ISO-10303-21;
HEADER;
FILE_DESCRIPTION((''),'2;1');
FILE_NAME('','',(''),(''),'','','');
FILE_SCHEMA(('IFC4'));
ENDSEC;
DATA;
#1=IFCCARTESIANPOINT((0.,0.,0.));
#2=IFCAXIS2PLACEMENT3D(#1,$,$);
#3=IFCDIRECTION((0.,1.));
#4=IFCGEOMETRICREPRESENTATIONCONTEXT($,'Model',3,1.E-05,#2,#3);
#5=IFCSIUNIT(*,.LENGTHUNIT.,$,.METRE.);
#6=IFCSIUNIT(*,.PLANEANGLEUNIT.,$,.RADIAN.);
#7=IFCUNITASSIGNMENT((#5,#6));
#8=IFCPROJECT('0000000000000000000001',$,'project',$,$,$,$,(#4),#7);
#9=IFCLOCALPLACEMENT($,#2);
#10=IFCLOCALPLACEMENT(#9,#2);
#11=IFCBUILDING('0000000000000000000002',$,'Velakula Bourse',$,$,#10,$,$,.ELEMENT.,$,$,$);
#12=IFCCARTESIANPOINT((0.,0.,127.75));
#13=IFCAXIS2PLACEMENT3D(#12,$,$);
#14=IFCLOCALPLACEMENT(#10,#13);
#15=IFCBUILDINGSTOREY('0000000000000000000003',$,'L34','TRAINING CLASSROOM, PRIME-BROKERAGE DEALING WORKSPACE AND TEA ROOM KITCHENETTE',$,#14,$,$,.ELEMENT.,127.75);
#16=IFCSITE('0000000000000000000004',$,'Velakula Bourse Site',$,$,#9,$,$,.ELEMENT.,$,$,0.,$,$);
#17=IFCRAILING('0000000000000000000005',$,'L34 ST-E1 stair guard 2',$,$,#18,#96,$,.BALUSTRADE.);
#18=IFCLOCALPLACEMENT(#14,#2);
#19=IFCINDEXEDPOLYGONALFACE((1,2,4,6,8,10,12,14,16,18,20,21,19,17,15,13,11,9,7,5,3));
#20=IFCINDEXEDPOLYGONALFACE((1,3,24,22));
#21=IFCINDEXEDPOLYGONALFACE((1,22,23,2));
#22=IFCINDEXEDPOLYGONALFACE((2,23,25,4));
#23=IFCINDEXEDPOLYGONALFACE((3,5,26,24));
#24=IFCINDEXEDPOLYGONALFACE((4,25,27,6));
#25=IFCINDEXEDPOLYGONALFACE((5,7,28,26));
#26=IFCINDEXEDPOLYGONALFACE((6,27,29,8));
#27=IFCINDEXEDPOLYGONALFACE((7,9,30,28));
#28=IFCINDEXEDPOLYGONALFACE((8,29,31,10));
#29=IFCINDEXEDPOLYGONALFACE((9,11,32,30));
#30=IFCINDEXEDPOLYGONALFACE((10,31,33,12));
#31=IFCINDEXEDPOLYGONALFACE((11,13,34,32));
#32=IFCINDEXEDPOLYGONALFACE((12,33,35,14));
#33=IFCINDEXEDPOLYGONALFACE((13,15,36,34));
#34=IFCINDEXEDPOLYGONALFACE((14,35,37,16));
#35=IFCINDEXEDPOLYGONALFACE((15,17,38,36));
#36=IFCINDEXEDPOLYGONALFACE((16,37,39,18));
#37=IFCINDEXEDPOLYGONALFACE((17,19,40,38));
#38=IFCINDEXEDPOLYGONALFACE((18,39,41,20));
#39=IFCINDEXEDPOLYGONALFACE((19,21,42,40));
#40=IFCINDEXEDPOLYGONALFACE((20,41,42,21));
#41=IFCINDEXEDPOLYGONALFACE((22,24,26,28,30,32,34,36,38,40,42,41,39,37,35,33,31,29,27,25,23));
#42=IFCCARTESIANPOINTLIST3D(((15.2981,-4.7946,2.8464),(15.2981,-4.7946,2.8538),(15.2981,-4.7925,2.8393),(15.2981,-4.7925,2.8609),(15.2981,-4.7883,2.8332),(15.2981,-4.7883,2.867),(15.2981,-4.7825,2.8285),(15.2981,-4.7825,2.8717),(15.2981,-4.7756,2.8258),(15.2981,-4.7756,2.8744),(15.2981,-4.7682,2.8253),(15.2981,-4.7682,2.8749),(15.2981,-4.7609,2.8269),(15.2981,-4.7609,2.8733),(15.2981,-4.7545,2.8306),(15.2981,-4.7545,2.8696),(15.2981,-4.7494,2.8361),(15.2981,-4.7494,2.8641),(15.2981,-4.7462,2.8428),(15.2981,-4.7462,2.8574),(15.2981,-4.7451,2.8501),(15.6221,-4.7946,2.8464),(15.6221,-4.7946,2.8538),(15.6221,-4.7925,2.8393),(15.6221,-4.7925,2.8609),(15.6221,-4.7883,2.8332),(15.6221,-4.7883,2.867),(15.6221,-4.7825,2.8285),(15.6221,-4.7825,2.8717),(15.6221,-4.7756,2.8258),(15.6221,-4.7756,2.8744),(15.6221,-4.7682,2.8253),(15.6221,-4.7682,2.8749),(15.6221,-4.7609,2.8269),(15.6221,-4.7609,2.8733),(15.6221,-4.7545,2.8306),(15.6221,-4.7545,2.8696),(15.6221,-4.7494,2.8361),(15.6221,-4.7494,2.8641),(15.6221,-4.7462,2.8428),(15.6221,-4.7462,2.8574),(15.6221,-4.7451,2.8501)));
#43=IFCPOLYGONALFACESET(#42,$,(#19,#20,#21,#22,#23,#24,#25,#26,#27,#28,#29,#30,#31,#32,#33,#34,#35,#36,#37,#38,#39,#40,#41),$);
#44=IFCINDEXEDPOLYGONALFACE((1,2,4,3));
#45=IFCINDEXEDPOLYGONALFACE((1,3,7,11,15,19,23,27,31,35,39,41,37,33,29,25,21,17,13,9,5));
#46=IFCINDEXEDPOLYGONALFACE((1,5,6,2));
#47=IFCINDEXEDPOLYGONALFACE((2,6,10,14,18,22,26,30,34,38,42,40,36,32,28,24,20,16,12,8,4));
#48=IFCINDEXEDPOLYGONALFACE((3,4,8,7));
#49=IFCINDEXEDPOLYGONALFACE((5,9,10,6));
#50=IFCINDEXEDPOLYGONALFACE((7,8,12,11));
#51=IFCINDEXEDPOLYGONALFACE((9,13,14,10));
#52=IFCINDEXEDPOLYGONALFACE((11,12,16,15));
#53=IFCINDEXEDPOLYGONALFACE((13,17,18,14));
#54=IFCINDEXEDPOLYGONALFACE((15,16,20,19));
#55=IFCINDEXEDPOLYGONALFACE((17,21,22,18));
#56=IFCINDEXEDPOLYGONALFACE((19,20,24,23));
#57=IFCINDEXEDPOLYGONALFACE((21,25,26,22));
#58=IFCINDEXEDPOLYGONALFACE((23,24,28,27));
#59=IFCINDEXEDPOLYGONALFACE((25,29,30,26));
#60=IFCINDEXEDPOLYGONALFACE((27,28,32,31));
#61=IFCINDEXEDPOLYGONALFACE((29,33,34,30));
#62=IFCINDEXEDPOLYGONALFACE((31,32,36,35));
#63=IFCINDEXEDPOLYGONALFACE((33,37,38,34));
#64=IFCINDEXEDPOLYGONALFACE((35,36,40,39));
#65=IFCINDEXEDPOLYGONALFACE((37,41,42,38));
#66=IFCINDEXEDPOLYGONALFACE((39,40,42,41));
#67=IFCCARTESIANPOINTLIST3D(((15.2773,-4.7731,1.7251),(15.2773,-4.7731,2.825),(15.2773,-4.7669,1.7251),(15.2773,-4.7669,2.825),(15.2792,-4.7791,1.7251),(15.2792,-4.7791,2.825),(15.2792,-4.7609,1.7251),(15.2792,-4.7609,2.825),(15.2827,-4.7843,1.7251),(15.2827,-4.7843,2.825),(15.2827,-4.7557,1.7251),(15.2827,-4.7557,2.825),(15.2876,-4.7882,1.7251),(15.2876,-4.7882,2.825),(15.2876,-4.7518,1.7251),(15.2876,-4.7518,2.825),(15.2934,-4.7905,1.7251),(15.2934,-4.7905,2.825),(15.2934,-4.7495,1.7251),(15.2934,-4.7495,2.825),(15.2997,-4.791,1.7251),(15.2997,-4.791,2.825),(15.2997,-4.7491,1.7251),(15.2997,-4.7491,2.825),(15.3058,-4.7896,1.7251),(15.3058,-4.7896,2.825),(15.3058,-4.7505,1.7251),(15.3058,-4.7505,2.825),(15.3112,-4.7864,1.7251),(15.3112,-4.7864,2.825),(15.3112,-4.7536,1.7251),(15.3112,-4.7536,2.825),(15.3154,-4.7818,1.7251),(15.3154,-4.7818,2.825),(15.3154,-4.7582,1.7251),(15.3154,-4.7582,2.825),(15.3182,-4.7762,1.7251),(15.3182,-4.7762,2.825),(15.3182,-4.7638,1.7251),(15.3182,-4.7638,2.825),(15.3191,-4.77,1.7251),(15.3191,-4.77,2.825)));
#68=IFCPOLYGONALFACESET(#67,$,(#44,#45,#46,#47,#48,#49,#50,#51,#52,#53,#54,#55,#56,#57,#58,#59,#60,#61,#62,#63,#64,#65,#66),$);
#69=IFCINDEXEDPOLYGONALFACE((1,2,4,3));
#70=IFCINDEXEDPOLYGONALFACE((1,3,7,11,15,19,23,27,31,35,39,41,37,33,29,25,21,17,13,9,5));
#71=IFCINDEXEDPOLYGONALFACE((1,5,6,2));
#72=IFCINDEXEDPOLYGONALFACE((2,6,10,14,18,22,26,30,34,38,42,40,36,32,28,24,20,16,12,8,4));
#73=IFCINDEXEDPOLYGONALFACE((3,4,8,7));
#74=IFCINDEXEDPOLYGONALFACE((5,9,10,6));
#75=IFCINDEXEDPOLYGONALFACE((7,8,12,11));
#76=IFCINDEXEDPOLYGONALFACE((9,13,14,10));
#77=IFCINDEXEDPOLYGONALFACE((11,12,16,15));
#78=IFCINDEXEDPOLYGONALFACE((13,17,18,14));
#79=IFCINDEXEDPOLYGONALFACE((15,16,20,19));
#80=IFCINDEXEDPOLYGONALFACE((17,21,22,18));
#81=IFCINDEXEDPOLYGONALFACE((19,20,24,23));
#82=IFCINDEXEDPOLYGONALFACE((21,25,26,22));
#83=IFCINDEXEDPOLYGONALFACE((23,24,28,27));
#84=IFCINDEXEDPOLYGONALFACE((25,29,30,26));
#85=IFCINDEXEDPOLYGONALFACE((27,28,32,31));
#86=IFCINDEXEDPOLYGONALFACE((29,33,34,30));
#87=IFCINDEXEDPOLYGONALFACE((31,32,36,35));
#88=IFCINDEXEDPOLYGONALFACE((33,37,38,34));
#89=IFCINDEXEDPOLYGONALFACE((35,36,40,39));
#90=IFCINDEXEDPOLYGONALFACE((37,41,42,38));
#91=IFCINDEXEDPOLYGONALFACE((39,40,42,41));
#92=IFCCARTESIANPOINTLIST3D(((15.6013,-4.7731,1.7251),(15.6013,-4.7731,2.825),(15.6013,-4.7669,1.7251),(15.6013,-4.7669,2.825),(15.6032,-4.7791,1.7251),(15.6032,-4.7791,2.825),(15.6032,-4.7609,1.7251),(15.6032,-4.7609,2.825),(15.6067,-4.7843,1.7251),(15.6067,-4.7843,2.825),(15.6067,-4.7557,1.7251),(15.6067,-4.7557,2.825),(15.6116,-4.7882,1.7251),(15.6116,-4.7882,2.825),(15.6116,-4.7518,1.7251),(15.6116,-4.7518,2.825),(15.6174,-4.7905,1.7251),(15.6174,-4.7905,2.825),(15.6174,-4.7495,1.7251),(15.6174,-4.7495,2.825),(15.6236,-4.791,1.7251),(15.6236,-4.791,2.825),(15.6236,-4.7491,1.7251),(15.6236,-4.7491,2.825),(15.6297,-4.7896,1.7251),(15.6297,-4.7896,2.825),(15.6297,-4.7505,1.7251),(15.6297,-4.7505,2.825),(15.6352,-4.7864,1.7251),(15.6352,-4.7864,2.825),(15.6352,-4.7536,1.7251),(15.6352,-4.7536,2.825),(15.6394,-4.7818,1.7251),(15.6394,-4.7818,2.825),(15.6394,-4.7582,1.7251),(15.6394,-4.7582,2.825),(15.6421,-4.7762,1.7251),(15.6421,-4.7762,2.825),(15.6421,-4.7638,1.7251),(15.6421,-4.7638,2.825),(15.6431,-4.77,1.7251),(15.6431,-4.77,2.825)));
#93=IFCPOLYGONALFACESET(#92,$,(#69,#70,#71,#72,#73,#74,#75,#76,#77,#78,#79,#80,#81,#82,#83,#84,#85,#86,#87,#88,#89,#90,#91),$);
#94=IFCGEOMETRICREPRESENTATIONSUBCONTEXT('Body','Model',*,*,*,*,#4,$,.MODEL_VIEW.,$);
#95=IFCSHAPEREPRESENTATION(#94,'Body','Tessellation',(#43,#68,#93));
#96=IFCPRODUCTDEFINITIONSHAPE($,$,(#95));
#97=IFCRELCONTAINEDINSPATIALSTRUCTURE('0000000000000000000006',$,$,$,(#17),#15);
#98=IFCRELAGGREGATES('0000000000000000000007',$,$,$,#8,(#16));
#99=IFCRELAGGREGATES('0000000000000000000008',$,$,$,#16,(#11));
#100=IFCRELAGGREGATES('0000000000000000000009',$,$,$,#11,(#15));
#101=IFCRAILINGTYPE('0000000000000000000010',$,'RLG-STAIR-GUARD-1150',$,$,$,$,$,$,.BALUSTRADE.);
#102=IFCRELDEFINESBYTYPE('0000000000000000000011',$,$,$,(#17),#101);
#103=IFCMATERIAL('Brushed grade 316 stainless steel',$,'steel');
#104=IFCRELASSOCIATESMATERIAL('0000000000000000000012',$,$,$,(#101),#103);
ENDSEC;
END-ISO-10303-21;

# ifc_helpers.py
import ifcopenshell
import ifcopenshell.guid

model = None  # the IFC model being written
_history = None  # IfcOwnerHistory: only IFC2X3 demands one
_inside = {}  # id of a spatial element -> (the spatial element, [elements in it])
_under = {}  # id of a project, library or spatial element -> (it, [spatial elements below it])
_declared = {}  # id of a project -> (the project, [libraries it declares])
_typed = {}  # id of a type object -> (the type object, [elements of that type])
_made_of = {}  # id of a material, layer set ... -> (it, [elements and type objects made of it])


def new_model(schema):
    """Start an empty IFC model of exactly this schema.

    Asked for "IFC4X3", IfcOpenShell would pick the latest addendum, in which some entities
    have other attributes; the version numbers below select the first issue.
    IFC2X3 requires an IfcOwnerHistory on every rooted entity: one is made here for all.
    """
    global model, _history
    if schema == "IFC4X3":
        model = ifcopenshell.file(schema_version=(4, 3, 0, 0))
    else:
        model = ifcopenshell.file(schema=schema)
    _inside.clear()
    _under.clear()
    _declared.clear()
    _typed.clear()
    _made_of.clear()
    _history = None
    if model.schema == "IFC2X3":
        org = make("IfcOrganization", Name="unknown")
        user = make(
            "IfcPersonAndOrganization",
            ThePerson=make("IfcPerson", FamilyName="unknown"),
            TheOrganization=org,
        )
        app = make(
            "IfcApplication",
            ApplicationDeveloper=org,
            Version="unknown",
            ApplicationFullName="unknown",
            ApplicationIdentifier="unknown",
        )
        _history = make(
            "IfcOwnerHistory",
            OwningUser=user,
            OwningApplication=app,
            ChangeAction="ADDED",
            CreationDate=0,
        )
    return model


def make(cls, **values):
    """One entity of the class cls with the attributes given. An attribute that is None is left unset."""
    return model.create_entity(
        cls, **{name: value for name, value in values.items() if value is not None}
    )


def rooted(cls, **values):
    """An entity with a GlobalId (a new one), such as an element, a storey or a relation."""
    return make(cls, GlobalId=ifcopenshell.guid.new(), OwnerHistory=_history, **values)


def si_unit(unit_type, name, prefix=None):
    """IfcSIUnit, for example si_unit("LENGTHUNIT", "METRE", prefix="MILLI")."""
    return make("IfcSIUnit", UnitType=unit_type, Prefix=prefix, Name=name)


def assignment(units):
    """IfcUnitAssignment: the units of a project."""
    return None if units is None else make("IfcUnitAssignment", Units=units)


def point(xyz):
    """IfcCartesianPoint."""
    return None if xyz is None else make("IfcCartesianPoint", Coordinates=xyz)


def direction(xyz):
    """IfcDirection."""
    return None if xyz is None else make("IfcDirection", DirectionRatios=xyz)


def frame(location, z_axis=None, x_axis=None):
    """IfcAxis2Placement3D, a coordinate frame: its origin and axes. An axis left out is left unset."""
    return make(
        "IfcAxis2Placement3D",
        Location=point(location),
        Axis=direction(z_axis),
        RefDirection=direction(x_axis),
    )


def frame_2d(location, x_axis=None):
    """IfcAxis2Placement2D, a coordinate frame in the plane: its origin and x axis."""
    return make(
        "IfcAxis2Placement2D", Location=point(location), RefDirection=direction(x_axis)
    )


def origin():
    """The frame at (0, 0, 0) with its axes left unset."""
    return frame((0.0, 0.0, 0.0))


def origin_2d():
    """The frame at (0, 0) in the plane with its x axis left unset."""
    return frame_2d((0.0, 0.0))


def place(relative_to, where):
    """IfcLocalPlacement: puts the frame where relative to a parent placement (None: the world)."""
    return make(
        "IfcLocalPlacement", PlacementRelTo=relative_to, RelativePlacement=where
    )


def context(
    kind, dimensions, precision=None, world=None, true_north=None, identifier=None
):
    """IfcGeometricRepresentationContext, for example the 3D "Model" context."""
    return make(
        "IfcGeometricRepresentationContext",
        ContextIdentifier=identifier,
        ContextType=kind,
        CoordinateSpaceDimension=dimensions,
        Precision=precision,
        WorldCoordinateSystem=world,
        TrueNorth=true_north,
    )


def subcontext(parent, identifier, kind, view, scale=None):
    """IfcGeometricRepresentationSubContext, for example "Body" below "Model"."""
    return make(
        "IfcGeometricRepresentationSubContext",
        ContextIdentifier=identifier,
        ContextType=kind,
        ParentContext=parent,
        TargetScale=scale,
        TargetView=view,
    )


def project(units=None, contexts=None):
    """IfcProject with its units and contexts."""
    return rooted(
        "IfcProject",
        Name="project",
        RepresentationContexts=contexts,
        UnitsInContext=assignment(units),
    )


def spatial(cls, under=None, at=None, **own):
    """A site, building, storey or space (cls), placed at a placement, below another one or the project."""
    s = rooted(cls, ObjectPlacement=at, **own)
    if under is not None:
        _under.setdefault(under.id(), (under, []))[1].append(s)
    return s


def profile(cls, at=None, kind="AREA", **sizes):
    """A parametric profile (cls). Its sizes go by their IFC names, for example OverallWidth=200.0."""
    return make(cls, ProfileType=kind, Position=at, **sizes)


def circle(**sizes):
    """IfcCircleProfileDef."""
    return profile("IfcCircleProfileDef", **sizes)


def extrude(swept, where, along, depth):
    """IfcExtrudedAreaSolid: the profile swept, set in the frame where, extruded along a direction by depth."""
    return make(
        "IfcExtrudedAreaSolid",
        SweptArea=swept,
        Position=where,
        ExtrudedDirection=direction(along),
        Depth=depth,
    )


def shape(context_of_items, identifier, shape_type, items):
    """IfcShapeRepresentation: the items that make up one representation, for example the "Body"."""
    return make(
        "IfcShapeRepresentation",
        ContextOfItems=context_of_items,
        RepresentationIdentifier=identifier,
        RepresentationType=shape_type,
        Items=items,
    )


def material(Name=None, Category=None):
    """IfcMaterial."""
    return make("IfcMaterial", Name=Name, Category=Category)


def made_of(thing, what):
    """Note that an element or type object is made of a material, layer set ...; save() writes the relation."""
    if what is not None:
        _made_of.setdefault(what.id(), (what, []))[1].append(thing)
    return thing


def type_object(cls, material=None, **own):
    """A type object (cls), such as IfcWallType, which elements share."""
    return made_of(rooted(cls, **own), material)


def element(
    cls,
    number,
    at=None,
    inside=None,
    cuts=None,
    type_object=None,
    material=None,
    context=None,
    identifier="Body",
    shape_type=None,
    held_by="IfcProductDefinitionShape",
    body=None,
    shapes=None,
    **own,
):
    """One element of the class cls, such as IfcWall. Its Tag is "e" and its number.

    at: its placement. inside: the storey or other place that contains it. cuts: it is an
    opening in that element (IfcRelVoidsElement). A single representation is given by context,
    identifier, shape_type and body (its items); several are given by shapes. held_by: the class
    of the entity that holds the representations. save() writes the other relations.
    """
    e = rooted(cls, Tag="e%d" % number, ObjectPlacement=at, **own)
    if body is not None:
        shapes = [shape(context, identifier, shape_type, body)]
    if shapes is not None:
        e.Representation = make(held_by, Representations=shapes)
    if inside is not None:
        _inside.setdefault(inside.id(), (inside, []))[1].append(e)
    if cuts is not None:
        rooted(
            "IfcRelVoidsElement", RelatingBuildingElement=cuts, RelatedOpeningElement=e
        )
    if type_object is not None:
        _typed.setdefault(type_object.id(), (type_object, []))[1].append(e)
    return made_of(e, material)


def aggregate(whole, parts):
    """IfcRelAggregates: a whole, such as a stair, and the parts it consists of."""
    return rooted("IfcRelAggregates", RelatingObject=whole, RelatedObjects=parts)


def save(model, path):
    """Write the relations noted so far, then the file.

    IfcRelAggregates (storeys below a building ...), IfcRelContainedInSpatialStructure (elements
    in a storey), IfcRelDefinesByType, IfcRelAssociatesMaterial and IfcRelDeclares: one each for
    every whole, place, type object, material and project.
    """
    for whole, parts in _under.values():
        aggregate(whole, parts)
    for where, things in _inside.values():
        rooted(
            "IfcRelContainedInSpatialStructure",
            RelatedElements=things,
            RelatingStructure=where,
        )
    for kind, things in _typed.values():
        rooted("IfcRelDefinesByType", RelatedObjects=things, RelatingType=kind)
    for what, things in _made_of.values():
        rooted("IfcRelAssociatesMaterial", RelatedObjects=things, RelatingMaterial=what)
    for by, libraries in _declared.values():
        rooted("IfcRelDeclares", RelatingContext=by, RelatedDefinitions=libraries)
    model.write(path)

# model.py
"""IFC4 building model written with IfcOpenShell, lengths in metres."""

from ifc_helpers import new_model, si_unit, direction, frame, origin, origin_2d, place, context, subcontext, project, spatial, circle, extrude, material, type_object, element, save


model = new_model("IFC4")

# Units and contexts
model_context = context("Model", 3, precision=1e-05, world=origin(), true_north=direction((0.0, 1.0)))
body_context = subcontext(model_context, "Body", "Model", "MODEL_VIEW")
ifc_project = project(units=[si_unit("LENGTHUNIT", "METRE"), si_unit("PLANEANGLEUNIT", "RADIAN")], contexts=[model_context])

# Site, building, storey
site_placement = place(None, origin())
site = spatial("IfcSite", under=ifc_project, at=site_placement, Name="Velakula Bourse Site", CompositionType="ELEMENT", RefElevation=0.0)
building_placement = place(site_placement, origin())
building = spatial("IfcBuilding", under=site, at=building_placement, Name="Velakula Bourse", CompositionType="ELEMENT")
storey_placement = place(building_placement, frame((0.0, 0.0, 127.75)))
storey = spatial("IfcBuildingStorey", under=building, at=storey_placement, Name="L34", Description="TRAINING CLASSROOM, PRIME-BROKERAGE DEALING WORKSPACE AND TEA ROOM KITCHENETTE", CompositionType="ELEMENT", Elevation=127.75)

# Shared definitions
ifc_material_1 = material(Name="Brushed grade 316 stainless steel", Category="steel")

# Railing
railing_type_1 = type_object("IfcRailingType", Name="RLG-STAIR-GUARD-1150", PredefinedType="BALUSTRADE", material=ifc_material_1)
railing_1_placement = place(storey_placement, frame((15.2981, -4.77, 1.7251)))
element("IfcRailing", 1, at=railing_1_placement, inside=storey, type_object=railing_type_1, Name="L34 ST-E1 stair guard 2", PredefinedType="BALUSTRADE", context=body_context, shape_type="SweptSolid", body=[
    extrude(circle(Radius=0.0249, at=origin_2d()), frame((0.0, 0.0, 1.125), z_axis=(1.0, 0.0, 0.0), x_axis=(0.0, 1.0, 0.0)), (0.0, 0.0, 1.0), 0.324),
    extrude(circle(Radius=0.021, at=origin_2d()), origin(), (0.0, 0.0, 1.0), 1.0999),
    extrude(circle(Radius=0.021, at=origin_2d()), frame((0.324, 0.0, 0.0)), (0.0, 0.0, 1.0), 1.0999),
])

save(model, "model.ifc")
